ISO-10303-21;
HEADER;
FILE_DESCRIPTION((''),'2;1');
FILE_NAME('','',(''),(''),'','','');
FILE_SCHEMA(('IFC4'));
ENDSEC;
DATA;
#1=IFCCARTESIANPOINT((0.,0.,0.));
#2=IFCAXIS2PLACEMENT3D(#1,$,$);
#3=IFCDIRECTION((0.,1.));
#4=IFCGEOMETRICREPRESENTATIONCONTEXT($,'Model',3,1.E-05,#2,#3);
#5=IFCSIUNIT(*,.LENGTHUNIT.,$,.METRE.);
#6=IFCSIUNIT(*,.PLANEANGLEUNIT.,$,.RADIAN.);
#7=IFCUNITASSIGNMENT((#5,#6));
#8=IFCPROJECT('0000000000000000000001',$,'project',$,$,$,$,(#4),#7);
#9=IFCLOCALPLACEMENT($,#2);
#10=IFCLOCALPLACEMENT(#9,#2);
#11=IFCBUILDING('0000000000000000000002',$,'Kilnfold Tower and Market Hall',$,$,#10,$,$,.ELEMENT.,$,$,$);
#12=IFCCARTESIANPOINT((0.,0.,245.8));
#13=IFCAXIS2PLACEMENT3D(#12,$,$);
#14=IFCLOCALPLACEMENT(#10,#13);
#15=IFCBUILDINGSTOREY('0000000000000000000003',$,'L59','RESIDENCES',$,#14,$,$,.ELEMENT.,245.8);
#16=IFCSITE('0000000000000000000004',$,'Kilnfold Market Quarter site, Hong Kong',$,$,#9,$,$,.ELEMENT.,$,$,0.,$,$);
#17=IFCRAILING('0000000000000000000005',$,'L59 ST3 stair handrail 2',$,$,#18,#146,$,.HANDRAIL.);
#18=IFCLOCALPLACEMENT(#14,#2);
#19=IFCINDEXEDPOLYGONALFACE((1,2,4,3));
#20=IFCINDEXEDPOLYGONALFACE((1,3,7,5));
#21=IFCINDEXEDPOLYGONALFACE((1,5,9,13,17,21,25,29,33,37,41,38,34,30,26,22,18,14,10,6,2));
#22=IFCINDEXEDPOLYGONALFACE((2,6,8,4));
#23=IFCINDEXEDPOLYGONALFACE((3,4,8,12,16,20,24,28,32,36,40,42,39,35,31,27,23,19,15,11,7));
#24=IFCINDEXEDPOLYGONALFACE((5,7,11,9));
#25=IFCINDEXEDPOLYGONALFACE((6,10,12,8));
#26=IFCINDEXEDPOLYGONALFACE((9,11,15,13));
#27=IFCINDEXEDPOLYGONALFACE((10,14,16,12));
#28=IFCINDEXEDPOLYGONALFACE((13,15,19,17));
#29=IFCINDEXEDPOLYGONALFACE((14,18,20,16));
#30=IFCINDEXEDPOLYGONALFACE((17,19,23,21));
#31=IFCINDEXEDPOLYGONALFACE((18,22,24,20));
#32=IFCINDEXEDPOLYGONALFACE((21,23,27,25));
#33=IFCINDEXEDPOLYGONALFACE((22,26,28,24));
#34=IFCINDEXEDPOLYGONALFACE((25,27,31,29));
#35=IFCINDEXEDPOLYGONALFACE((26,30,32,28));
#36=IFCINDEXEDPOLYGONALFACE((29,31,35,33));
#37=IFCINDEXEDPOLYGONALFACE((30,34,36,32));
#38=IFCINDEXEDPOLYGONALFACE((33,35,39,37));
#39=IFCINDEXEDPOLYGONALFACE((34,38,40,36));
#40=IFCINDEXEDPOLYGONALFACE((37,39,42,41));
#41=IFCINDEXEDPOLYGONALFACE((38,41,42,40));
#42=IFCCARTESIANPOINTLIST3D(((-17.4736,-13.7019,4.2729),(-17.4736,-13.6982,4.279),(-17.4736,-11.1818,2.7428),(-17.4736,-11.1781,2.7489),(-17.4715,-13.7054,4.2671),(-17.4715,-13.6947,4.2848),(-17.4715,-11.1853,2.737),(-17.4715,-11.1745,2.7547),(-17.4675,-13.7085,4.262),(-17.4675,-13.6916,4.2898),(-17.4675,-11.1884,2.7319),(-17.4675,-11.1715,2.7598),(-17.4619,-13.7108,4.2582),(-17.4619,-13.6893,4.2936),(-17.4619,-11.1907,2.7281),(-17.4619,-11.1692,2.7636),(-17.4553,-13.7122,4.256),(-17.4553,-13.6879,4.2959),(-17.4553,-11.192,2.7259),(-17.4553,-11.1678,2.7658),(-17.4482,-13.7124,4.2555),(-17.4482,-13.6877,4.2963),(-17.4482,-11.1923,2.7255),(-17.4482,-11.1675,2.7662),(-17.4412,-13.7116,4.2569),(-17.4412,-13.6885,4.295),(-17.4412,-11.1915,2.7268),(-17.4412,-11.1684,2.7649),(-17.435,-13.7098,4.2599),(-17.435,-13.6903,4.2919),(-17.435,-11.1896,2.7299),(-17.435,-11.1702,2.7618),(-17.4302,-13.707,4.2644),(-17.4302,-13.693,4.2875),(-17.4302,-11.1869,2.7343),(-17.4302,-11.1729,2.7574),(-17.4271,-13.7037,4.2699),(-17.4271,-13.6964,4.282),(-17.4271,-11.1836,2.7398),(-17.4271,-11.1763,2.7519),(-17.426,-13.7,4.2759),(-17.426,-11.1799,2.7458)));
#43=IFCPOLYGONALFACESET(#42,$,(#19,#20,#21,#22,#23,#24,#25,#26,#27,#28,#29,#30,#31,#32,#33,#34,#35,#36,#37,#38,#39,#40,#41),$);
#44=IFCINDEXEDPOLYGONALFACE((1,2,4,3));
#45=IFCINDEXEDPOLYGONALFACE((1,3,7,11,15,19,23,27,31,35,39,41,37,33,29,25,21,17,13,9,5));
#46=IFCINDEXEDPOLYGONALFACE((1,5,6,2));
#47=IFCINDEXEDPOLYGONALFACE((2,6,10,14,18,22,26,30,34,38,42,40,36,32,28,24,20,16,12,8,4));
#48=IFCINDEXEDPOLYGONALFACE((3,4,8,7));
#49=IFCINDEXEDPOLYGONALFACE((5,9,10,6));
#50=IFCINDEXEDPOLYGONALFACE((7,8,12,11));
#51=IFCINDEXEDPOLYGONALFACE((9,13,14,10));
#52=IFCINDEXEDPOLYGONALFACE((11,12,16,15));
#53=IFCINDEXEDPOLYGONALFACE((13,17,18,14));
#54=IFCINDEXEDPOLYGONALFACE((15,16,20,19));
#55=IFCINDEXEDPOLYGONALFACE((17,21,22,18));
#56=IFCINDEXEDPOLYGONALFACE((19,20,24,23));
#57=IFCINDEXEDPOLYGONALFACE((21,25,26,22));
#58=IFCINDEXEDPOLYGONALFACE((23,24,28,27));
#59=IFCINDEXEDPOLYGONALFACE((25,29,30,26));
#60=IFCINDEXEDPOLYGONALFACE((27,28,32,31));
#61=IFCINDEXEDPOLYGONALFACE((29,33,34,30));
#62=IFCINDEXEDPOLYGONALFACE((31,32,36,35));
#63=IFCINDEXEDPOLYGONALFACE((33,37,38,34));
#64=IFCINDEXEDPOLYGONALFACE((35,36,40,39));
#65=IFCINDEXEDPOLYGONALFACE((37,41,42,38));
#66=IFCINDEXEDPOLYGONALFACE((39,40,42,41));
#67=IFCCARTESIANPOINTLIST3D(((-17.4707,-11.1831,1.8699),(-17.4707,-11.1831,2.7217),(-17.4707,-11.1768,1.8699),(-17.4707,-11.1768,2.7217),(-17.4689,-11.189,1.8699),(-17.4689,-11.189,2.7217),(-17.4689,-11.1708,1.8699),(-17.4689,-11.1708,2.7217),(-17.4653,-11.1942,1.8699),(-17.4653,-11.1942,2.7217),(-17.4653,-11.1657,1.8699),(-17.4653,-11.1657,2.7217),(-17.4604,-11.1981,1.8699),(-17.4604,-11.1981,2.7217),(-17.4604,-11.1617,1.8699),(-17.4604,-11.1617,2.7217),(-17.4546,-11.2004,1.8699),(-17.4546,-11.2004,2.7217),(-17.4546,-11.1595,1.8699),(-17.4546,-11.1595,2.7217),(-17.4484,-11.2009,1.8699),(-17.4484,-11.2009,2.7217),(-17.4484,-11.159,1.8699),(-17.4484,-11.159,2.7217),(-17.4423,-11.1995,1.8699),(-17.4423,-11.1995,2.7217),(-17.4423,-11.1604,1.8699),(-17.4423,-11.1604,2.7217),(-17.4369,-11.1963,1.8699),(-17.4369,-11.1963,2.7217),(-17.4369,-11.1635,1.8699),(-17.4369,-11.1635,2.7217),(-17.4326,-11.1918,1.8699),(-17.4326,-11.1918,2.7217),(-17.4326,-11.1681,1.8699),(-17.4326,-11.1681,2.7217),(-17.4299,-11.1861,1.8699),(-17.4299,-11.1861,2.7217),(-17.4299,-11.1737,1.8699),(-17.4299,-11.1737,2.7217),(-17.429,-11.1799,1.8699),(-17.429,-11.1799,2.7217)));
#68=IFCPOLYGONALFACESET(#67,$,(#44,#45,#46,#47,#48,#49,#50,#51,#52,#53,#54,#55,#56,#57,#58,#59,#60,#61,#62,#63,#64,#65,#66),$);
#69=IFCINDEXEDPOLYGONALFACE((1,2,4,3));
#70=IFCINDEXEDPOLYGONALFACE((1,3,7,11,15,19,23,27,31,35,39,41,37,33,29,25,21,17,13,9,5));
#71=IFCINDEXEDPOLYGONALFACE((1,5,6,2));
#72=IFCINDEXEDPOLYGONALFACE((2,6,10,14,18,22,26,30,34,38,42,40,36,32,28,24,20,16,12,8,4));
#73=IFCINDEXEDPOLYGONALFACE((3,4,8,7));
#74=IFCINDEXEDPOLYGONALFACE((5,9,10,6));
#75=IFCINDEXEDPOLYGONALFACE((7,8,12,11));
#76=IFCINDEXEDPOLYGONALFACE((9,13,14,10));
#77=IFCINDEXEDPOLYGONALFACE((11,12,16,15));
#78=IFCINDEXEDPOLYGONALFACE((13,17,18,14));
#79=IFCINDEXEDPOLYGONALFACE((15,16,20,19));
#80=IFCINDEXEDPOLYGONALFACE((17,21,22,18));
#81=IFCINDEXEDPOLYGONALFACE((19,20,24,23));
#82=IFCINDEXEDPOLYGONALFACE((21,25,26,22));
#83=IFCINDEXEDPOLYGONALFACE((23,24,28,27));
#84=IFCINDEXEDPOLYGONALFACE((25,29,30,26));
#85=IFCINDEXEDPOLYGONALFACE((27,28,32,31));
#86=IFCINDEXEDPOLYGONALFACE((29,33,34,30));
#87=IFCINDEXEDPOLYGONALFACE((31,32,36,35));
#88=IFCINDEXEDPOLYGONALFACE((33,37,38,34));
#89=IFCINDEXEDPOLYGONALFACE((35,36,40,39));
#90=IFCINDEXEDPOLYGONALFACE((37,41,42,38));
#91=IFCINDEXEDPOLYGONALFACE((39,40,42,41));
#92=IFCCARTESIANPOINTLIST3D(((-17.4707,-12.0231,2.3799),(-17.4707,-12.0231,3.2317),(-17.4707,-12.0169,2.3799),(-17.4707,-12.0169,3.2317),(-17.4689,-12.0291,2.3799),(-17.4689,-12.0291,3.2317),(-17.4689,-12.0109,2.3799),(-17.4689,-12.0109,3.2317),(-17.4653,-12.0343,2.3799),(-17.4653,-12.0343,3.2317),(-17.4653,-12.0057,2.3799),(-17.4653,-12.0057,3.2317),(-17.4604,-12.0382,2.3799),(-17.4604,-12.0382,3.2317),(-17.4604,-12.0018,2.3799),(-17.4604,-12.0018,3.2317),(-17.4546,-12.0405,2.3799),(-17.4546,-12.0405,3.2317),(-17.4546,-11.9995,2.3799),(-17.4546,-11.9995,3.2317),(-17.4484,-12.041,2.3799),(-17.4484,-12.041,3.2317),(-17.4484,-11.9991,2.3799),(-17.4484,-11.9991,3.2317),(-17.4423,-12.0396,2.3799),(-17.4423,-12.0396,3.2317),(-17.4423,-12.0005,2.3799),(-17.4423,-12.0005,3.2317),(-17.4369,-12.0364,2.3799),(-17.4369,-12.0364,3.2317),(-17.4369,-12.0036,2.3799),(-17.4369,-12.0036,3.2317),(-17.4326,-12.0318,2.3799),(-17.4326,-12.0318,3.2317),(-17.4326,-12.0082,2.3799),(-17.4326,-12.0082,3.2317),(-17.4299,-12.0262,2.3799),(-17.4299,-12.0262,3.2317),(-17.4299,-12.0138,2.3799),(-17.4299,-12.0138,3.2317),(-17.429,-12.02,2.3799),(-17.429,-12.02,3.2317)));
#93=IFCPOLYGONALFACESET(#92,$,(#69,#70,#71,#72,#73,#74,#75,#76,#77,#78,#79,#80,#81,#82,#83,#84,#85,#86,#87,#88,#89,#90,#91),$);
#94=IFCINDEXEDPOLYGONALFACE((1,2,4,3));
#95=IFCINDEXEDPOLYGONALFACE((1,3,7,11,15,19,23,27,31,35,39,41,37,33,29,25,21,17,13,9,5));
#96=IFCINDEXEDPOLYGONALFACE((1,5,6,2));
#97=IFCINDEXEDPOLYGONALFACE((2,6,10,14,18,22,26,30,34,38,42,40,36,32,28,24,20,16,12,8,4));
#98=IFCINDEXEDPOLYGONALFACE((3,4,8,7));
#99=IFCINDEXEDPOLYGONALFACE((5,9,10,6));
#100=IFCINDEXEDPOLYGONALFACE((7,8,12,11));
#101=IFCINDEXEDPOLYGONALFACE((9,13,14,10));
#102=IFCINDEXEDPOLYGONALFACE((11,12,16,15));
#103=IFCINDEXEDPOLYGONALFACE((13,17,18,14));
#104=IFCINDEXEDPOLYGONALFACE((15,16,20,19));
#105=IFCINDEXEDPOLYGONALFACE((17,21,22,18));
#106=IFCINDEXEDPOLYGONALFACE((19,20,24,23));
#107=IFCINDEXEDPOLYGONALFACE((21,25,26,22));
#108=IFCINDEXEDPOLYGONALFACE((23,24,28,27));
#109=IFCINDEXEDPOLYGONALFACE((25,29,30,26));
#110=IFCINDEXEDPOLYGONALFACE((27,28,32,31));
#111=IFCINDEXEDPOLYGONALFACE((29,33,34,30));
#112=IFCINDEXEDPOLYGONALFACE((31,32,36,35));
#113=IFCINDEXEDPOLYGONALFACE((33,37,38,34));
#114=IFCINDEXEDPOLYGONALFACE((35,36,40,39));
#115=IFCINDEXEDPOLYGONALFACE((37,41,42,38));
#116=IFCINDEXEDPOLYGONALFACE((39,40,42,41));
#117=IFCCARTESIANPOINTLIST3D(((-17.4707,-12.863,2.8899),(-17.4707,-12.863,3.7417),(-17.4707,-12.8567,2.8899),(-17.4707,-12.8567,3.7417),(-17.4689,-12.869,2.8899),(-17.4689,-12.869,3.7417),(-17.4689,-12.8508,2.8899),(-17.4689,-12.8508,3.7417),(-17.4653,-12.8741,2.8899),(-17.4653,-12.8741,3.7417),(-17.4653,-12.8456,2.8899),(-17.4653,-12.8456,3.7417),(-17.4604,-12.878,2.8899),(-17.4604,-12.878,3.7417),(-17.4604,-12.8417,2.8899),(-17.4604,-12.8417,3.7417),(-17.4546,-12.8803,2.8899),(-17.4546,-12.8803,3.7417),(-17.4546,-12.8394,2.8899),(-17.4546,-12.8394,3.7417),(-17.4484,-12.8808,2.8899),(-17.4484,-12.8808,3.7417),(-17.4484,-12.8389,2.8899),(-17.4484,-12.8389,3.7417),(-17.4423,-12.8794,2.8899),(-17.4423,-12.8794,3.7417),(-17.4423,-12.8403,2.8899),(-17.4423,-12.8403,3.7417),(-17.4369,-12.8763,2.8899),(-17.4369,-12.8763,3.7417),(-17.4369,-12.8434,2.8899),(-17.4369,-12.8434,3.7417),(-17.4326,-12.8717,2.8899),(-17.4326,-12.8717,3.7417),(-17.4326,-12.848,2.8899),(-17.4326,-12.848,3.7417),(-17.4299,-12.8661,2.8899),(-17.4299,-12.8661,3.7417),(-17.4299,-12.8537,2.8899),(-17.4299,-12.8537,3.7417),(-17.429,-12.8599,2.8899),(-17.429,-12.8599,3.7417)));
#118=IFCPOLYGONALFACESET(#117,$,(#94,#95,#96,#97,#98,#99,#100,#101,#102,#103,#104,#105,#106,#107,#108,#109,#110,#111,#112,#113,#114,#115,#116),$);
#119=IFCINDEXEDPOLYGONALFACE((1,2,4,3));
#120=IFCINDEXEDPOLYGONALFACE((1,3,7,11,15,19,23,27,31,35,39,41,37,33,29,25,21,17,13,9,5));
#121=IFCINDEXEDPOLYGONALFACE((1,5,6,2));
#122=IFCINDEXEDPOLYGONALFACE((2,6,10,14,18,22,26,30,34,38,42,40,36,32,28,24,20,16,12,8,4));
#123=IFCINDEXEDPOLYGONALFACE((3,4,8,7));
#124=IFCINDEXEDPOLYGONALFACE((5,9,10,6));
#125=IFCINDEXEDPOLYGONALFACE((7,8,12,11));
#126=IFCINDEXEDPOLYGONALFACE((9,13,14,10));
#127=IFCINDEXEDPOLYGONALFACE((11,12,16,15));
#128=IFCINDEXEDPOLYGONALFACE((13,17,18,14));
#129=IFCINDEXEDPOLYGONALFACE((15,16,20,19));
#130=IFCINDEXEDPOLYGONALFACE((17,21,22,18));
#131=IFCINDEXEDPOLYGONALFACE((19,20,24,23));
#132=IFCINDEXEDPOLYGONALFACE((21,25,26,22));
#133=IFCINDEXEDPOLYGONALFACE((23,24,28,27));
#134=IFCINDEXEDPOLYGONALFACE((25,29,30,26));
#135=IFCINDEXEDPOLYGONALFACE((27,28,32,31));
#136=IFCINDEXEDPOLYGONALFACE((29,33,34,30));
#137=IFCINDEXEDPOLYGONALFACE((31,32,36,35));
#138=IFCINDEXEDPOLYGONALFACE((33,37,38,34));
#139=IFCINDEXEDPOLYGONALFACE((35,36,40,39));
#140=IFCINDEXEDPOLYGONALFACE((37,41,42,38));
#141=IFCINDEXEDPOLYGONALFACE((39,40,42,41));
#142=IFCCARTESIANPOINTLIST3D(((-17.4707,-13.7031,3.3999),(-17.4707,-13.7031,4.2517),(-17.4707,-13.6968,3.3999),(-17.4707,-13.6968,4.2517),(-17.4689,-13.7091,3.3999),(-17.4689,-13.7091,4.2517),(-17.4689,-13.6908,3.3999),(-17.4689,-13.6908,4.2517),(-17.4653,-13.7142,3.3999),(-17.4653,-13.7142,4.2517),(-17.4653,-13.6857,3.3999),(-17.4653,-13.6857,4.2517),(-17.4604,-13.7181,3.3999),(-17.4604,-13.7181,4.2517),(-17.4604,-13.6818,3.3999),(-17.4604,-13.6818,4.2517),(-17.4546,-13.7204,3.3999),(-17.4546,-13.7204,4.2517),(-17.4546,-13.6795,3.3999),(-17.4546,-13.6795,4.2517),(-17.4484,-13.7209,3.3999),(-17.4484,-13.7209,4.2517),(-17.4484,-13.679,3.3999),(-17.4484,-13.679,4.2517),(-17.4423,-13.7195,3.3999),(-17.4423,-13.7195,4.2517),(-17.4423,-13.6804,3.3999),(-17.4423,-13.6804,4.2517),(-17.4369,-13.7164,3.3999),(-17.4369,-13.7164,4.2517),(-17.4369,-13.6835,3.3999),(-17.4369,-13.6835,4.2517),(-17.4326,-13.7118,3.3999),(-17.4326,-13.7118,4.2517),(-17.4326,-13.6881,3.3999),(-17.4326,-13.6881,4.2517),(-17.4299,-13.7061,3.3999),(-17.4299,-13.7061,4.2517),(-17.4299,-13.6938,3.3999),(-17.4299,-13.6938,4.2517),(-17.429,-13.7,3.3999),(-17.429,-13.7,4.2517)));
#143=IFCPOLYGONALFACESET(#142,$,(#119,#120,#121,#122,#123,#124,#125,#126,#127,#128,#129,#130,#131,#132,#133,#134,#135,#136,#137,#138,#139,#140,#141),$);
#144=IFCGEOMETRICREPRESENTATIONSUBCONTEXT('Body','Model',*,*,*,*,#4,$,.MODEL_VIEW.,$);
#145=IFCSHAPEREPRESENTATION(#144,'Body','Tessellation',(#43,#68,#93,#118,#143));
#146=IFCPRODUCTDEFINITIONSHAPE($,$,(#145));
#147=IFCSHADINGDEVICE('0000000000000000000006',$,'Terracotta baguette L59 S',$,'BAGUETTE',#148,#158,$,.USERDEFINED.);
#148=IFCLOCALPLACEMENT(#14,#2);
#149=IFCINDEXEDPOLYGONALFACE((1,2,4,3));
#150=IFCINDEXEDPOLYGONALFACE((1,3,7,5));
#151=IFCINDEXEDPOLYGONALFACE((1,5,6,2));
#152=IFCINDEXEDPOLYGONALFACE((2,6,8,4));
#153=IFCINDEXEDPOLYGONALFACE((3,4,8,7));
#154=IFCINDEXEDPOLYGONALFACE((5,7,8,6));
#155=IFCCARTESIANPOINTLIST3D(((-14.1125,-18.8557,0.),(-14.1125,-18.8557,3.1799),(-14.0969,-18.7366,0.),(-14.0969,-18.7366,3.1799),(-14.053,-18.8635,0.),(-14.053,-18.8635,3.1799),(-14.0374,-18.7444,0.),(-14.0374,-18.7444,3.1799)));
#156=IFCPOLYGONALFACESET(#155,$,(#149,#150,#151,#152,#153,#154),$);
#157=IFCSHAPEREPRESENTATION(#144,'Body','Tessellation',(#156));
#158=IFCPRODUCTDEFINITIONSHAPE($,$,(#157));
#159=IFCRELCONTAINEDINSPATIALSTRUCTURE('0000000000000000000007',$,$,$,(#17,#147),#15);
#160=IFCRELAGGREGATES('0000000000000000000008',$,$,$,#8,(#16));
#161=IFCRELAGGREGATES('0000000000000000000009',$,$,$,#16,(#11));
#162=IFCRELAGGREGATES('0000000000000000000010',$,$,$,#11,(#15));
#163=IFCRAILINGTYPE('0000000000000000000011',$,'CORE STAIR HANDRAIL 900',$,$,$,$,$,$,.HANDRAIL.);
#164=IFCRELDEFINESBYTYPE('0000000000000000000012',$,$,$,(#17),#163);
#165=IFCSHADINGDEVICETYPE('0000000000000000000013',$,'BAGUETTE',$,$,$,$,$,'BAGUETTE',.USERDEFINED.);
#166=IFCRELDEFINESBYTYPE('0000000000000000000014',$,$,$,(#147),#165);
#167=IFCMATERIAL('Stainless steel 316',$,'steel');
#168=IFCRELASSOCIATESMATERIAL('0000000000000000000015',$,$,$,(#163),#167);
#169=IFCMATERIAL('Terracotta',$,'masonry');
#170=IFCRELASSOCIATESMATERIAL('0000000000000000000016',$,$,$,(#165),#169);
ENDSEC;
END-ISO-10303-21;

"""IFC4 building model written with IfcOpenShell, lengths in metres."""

from ifc_helpers import new_model, si_unit, direction, frame, origin, origin_2d, place, context, subcontext, project, spatial, rectangle, circle, extrude, source, transform, mapped, material, material_profile, profile_set, type_object, element, save


model = new_model("IFC4")

# Units and contexts
model_context = context("Model", 3, precision=1e-05, world=origin(), true_north=direction((0.0, 1.0)))
body_context = subcontext(model_context, "Body", "Model", "MODEL_VIEW")
ifc_project = project(units=[si_unit("LENGTHUNIT", "METRE"), si_unit("PLANEANGLEUNIT", "RADIAN")], contexts=[model_context])

# Site, building, storey
site_placement = place(None, origin())
site = spatial("IfcSite", under=ifc_project, at=site_placement, Name="Kilnfold Market Quarter site, Hong Kong", CompositionType="ELEMENT", RefElevation=0.0)
building_placement = place(site_placement, origin())
building = spatial("IfcBuilding", under=site, at=building_placement, Name="Kilnfold Tower and Market Hall", CompositionType="ELEMENT")
storey_placement = place(building_placement, frame((0.0, 0.0, 245.8)))
storey = spatial("IfcBuildingStorey", under=building, at=storey_placement, Name="L59", Description="RESIDENCES", CompositionType="ELEMENT", Elevation=245.8)

# Railing
ifc_material_1 = material(Name="Stainless steel 316", Category="steel")
railing_type_1 = type_object("IfcRailingType", Name="CORE STAIR HANDRAIL 900", PredefinedType="HANDRAIL", material=ifc_material_1)
railing_1_placement = place(storey_placement, frame((-17.45, -11.1799, 1.8699)))
element("IfcRailing", 1, at=railing_1_placement, inside=storey, type_object=railing_type_1, Name="L59 ST3 stair handrail 2", PredefinedType="HANDRAIL", context=body_context, shape_type="SweptSolid", body=[
    extrude(circle(Radius=0.0239, at=origin_2d()), frame((0.0, 0.0, 0.876), z_axis=(0.0, -0.854785, 0.518982), x_axis=(1.0, 0.0, 0.0)), (0.0, 0.0, 1.0), 2.9482),
    extrude(circle(Radius=0.021, at=origin_2d()), origin(), (0.0, 0.0, 1.0), 0.8518),
    extrude(circle(Radius=0.021, at=origin_2d()), frame((0.0, -0.8401, 0.51)), (0.0, 0.0, 1.0), 0.8518),
    extrude(circle(Radius=0.021, at=origin_2d()), frame((0.0, -1.6799, 1.02)), (0.0, 0.0, 1.0), 0.8518),
    extrude(circle(Radius=0.021, at=origin_2d()), frame((0.0, -2.52, 1.53)), (0.0, 0.0, 1.0), 0.8518),
])

# Shading device
ifc_material_2 = material(Name="Terracotta", Category="masonry")
ifc_material_profile_1 = material_profile(ifc_material_2, rectangle(XDim=0.0601, YDim=0.1201, at=origin_2d()), Name="BAG 60x120")
ifc_profile_set_1 = profile_set([ifc_material_profile_1], Name="Terracotta")
shading_device_type = type_object("IfcShadingDeviceType", Name="BAGUETTE", ElementType="BAGUETTE", PredefinedType="USERDEFINED", material=ifc_profile_set_1)
shared_shape_1 = source(origin(), body_context, "Body", "SweptSolid", [
    extrude(rectangle(XDim=0.0601, YDim=0.1201, at=origin_2d()), origin(), (0.0, 0.0, 1.0), 3.1799),
])
shading_device_placement = place(storey_placement, frame((-14.075, -18.8, 0.0), z_axis=(0.0, 0.0, 1.0), x_axis=(0.991564, -0.129616, 0.0)))
element("IfcShadingDevice", 2, at=shading_device_placement, inside=storey, type_object=shading_device_type, Name="Terracotta baguette L59 S", ObjectType="BAGUETTE", PredefinedType="USERDEFINED", context=body_context, shape_type="MappedRepresentation", body=[
    mapped(shared_shape_1, transform((0.0, 0.0, 0.0))),
])

save(model, "model.ifc")
